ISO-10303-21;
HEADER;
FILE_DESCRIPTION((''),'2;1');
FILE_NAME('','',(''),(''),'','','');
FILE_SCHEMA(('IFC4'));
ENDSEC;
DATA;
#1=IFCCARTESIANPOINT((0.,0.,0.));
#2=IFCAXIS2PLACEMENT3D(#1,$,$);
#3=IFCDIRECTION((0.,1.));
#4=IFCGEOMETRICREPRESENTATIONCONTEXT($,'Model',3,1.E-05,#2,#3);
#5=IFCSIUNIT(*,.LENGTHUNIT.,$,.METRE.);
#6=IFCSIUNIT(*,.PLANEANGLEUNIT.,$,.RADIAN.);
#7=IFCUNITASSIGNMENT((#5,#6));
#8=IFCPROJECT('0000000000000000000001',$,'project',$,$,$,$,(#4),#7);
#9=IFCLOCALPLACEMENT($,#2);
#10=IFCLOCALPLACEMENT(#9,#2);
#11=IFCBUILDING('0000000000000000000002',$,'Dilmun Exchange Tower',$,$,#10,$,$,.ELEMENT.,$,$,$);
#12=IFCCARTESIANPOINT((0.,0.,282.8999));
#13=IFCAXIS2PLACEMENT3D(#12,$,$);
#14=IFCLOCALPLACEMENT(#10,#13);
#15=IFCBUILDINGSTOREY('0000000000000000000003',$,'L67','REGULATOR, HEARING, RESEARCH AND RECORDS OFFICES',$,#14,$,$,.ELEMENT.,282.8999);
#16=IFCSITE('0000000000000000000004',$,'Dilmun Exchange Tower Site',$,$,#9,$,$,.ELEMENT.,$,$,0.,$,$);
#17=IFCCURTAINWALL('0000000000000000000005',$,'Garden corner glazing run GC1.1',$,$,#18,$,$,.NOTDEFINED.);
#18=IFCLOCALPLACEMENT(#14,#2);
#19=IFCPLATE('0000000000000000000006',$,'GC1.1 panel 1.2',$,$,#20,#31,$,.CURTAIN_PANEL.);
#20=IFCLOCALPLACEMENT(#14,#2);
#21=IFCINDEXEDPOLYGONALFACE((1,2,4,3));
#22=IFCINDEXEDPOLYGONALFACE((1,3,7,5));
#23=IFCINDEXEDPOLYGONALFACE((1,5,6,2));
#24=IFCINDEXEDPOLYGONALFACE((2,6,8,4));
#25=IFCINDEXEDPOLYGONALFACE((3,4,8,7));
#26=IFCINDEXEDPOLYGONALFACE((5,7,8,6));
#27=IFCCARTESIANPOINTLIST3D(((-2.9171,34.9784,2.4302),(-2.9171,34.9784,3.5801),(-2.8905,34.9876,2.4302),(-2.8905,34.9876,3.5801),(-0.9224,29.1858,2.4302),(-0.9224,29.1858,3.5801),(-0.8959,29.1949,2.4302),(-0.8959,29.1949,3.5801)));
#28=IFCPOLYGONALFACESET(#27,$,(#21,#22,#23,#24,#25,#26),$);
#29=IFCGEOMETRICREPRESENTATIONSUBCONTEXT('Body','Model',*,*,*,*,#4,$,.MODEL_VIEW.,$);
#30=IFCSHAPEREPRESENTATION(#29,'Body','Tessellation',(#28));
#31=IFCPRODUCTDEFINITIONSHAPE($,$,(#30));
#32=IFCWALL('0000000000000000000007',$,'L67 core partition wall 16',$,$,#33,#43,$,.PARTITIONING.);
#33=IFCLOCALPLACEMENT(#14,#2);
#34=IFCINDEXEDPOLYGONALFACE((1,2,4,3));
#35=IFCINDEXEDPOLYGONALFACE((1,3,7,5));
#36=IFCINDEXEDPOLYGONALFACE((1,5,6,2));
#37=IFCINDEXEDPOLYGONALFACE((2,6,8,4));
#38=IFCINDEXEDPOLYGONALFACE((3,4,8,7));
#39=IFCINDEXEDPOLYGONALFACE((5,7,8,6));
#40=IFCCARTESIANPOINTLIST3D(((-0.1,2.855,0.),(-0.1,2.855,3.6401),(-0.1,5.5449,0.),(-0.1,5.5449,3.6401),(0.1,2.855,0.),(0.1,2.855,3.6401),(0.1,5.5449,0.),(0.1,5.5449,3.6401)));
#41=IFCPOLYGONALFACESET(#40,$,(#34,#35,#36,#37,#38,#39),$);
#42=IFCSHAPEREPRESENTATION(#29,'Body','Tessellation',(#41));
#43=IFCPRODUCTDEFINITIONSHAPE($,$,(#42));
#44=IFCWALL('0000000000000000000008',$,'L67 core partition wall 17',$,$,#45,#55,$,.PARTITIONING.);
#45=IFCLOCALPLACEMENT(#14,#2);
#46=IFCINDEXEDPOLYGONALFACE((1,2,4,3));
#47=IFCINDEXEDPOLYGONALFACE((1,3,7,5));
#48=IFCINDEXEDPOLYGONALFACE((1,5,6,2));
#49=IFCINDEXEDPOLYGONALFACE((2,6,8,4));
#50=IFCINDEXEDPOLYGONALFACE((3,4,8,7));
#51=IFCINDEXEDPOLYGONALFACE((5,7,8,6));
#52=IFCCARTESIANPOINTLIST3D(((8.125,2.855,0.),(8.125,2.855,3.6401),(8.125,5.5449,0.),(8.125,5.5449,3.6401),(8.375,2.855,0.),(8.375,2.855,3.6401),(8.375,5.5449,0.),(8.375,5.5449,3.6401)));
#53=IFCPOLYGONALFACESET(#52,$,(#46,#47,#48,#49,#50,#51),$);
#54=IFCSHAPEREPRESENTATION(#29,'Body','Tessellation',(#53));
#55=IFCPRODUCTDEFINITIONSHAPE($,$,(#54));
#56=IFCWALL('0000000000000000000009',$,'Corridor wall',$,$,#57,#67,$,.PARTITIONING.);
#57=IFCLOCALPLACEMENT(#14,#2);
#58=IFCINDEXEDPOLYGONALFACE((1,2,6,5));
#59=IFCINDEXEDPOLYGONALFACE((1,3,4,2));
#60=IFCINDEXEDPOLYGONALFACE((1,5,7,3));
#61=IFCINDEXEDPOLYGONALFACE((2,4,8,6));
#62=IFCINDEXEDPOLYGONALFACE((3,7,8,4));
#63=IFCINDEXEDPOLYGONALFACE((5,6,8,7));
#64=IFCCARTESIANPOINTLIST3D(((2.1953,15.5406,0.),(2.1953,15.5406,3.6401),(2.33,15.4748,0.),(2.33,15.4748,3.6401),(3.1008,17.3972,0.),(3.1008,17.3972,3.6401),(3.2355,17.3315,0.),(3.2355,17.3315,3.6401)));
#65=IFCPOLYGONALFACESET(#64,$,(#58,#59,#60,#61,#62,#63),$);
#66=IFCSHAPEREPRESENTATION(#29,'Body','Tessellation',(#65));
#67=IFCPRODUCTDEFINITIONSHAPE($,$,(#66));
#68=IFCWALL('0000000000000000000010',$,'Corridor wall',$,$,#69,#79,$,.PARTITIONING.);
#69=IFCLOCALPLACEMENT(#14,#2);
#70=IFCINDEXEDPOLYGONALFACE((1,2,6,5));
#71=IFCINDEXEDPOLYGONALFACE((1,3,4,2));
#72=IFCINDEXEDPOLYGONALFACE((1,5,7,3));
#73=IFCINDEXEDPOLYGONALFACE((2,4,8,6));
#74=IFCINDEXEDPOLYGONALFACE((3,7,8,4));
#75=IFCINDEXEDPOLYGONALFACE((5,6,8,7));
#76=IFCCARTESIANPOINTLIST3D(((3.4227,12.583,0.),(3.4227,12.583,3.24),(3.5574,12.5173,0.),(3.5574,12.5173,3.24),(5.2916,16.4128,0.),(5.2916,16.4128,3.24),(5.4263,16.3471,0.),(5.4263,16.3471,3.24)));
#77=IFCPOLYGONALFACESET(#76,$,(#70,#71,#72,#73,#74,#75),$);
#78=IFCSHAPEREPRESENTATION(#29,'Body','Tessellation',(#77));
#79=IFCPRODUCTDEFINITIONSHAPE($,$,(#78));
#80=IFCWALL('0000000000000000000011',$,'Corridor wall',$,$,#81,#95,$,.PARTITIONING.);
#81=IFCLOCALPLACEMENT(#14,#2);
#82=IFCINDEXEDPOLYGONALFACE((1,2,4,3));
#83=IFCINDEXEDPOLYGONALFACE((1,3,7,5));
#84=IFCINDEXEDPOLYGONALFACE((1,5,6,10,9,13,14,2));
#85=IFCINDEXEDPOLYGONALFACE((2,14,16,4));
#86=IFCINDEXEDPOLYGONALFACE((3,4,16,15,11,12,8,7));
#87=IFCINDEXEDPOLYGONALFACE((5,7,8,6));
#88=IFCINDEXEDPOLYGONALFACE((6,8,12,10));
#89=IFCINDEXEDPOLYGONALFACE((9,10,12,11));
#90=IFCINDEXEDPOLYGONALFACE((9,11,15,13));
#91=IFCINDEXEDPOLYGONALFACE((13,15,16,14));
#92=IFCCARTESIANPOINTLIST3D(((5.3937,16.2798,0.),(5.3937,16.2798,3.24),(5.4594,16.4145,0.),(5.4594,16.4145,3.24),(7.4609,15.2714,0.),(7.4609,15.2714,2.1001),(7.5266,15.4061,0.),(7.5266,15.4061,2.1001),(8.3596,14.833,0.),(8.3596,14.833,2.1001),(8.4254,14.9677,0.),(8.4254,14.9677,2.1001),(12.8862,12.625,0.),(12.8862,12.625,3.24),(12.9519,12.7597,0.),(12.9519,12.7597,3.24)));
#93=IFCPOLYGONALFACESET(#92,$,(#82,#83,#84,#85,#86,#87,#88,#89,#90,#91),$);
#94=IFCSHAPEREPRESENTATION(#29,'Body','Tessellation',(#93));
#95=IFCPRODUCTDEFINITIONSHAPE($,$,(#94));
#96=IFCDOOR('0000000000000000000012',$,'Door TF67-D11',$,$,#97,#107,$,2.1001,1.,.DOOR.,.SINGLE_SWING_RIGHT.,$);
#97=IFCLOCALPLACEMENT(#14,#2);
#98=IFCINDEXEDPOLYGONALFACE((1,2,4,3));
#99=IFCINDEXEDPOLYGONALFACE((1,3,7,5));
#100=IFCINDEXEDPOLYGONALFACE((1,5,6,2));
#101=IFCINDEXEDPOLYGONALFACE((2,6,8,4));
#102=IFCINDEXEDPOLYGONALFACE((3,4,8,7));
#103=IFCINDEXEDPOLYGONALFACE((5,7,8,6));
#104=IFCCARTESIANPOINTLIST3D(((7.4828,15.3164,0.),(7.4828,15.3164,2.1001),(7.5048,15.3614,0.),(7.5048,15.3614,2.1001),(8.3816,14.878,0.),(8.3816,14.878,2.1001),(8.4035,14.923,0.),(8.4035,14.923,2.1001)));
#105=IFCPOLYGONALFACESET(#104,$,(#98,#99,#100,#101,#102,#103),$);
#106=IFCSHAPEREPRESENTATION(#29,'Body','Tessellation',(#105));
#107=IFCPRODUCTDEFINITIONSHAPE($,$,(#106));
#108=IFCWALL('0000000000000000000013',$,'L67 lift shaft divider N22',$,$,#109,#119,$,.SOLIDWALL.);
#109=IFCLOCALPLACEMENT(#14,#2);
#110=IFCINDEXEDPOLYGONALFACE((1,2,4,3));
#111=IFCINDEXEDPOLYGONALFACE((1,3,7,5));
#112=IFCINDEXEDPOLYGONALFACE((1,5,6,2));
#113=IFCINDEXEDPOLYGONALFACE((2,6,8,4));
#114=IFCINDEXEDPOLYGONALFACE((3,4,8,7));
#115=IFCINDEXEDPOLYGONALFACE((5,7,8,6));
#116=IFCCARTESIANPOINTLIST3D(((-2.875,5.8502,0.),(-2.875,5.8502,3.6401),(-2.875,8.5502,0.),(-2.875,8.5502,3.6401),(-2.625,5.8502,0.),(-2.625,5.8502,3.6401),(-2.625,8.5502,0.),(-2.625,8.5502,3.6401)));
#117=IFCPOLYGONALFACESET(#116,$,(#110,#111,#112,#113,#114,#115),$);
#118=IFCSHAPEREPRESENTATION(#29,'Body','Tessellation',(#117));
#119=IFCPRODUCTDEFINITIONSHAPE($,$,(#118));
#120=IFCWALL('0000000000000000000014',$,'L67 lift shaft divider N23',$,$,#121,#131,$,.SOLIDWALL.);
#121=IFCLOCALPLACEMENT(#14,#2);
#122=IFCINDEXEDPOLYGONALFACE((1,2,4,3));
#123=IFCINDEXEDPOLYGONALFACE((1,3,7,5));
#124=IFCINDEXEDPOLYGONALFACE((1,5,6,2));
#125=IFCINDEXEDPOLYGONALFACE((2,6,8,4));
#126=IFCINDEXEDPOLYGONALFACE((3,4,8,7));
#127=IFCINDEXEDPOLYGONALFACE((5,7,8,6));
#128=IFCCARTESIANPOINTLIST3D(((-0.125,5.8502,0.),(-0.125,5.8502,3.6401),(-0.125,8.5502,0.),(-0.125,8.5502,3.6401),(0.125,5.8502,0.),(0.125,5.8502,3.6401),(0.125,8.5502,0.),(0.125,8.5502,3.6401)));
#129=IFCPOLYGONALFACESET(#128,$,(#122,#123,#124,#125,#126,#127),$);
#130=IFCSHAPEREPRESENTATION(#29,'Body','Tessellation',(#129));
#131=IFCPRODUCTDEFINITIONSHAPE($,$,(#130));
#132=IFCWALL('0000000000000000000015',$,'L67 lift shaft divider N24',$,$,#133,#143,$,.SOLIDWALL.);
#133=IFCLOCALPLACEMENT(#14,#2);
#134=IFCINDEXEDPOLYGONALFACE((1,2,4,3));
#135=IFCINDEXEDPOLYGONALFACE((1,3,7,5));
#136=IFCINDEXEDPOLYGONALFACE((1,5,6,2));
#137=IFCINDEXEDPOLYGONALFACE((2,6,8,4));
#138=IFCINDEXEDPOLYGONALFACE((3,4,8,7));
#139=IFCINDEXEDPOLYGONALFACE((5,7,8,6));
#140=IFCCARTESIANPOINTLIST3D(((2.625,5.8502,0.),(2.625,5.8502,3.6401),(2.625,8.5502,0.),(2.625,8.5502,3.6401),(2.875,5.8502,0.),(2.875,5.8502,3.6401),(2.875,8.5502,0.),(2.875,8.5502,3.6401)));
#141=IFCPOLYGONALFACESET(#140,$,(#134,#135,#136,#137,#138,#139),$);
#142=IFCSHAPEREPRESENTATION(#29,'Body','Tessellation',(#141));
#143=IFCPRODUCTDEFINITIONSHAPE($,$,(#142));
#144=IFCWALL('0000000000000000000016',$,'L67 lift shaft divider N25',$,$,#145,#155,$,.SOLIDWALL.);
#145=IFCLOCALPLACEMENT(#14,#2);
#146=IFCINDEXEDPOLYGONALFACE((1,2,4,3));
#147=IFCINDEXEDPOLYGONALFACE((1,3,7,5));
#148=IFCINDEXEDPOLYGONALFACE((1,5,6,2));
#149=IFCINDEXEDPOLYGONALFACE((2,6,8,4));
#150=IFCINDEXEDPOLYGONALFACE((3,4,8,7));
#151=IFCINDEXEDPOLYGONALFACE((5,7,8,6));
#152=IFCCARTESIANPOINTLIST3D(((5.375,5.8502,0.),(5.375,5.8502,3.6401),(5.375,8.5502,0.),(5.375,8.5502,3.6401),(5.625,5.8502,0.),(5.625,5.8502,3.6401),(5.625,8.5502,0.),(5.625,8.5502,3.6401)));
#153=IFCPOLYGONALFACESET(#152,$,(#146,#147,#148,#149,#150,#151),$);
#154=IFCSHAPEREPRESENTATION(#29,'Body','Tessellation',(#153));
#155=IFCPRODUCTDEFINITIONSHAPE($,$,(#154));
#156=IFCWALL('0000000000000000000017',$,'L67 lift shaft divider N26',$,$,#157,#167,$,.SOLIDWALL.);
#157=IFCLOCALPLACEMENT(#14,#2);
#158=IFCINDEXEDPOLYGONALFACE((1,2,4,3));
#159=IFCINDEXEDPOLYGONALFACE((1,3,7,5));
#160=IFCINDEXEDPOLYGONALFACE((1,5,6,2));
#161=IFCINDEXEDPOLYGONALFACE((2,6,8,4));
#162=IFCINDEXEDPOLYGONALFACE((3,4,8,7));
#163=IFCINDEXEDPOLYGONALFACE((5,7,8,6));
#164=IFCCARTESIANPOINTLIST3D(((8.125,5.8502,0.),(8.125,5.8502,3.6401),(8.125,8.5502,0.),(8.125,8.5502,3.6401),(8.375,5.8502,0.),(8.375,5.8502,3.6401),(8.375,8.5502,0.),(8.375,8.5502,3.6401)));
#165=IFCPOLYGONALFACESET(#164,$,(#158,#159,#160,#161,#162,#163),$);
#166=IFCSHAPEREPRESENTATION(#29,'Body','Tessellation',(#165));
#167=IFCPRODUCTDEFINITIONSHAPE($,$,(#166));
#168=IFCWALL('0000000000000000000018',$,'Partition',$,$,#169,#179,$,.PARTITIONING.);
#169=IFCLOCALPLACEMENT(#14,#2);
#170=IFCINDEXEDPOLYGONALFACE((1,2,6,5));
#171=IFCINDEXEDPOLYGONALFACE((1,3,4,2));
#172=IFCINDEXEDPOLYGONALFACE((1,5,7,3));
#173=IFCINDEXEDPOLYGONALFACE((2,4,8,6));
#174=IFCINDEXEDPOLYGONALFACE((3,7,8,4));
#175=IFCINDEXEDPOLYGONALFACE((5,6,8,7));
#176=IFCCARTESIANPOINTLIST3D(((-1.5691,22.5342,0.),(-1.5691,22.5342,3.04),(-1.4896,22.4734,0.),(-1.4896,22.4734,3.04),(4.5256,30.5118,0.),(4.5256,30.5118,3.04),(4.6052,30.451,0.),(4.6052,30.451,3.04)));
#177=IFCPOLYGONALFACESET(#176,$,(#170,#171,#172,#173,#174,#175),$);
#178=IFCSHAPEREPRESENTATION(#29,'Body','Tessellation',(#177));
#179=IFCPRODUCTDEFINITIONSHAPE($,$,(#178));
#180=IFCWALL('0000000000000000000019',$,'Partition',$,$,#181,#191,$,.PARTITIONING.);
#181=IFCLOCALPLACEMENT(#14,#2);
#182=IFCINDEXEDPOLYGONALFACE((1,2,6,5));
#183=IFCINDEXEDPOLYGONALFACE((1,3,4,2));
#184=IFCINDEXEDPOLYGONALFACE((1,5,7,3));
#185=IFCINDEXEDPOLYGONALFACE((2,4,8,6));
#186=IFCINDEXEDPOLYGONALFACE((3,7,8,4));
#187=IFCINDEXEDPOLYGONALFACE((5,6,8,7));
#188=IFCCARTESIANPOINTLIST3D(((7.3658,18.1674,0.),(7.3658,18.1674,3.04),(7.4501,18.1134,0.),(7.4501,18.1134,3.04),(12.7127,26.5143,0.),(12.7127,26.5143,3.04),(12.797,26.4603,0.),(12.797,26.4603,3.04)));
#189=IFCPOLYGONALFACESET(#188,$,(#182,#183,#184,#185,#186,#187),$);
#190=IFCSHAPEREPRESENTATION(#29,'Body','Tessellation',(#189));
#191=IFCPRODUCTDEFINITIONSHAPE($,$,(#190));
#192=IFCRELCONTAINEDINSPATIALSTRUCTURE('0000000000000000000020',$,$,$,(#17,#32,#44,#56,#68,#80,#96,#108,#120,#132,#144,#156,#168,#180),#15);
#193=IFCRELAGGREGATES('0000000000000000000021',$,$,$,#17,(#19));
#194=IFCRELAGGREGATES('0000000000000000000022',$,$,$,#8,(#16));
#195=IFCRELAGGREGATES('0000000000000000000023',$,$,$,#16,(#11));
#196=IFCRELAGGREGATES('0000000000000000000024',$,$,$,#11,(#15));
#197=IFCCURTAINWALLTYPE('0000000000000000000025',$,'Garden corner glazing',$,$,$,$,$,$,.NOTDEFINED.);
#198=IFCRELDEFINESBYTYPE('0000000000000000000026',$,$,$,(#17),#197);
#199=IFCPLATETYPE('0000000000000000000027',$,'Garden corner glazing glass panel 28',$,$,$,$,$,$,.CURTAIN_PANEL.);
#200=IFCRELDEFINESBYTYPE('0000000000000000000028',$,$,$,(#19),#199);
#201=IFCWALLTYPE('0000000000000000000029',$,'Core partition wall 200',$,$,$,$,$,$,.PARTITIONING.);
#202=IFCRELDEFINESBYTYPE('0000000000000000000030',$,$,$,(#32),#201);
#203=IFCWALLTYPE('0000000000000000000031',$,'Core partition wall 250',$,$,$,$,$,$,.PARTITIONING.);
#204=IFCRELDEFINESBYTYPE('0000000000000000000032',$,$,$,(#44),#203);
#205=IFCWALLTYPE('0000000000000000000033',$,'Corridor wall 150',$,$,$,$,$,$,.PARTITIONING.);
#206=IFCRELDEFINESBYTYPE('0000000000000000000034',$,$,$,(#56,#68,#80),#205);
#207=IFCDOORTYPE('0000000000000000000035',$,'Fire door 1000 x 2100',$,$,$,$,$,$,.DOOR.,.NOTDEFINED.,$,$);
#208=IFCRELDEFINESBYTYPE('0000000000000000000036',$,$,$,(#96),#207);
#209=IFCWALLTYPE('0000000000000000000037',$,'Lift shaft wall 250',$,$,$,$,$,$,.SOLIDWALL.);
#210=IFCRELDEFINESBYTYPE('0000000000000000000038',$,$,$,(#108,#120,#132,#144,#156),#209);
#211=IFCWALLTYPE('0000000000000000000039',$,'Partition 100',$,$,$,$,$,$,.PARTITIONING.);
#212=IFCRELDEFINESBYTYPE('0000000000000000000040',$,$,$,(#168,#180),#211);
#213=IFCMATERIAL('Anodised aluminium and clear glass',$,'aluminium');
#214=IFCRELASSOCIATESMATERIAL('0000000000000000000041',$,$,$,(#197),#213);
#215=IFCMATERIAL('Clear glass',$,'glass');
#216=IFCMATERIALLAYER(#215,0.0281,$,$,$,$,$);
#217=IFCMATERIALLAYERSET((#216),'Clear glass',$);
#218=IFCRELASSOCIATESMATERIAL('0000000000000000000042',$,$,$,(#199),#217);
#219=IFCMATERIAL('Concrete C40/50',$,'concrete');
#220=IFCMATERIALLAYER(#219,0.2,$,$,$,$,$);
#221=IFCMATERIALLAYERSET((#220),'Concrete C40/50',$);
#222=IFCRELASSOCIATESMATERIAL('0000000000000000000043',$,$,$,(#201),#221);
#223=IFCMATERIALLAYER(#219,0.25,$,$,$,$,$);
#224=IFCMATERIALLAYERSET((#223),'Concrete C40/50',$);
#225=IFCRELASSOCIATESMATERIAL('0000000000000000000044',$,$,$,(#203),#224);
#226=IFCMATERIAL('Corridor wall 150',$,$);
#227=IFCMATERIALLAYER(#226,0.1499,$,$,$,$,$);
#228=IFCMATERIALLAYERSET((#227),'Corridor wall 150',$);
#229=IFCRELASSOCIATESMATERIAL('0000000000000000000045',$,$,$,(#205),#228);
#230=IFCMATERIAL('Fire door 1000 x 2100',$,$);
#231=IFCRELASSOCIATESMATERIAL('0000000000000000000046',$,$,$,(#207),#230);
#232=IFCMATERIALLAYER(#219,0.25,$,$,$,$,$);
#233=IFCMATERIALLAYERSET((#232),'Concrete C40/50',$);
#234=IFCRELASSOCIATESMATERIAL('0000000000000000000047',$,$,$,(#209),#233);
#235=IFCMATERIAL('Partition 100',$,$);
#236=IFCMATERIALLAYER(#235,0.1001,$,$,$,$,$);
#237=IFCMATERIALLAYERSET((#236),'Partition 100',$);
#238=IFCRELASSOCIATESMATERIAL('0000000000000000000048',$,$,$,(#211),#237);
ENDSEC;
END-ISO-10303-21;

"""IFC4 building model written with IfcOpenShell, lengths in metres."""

from ifc_helpers import new_model, si_unit, direction, frame, frame_2d, origin, origin_2d, place, context, subcontext, project, spatial, rectangle, extrude, material, layer, layer_set, type_object, element, fill, aggregate, save


model = new_model("IFC4")

# Units and contexts
model_context = context("Model", 3, precision=1e-05, world=origin(), true_north=direction((0.0, 1.0)))
body_context = subcontext(model_context, "Body", "Model", "MODEL_VIEW")
ifc_project = project(units=[si_unit("LENGTHUNIT", "METRE"), si_unit("PLANEANGLEUNIT", "RADIAN")], contexts=[model_context])

# Site, building, storey
site_placement = place(None, origin())
site = spatial("IfcSite", under=ifc_project, at=site_placement, Name="Dilmun Exchange Tower Site", CompositionType="ELEMENT", RefElevation=0.0)
building_placement = place(site_placement, origin())
building = spatial("IfcBuilding", under=site, at=building_placement, Name="Dilmun Exchange Tower", CompositionType="ELEMENT")
storey_placement = place(building_placement, frame((0.0, 0.0, 282.8999)))
storey = spatial("IfcBuildingStorey", under=building, at=storey_placement, Name="L67", Description="REGULATOR, HEARING, RESEARCH AND RECORDS OFFICES", CompositionType="ELEMENT", Elevation=282.8999)

# Curtain wall
ifc_material_1 = material(Name="Anodised aluminium and clear glass", Category="aluminium")
curtain_wall_type = type_object("IfcCurtainWallType", Name="Garden corner glazing", PredefinedType="NOTDEFINED", material=ifc_material_1)
curtain_wall_1_placement = place(storey_placement, origin())
curtain_wall_1 = element("IfcCurtainWall", 1, at=curtain_wall_1_placement, inside=storey, type_object=curtain_wall_type, Name="Garden corner glazing run GC1.1", PredefinedType="NOTDEFINED")

# Shared definitions
ifc_material_2 = material(Name="Concrete C40/50", Category="concrete")

# Plate
ifc_material_3 = material(Name="Clear glass", Category="glass")
ifc_layer_1 = layer(ifc_material_3, 0.0281)
ifc_layer_set_1 = layer_set([ifc_layer_1], Name="Clear glass")
plate_type = type_object("IfcPlateType", Name="Garden corner glazing glass panel 28", PredefinedType="CURTAIN_PANEL", material=ifc_layer_set_1)
plate_1_placement = place(storey_placement, frame((-1.9065, 32.0867, 2.4302), z_axis=(0.0, 0.0, 1.0), x_axis=(0.325578, -0.945515, 0.0)))
plate_1 = element("IfcPlate", 2, at=plate_1_placement, type_object=plate_type, Name="GC1.1 panel 1.2", PredefinedType="CURTAIN_PANEL", context=body_context, shape_type="SweptSolid", body=[
    extrude(rectangle(XDim=6.1265, YDim=0.0281, at=origin_2d()), origin(), (0.0, 0.0, 1.0), 1.1499),
])
aggregate(curtain_wall_1, [plate_1])

# Walls
ifc_layer_2 = layer(ifc_material_2, 0.2)
ifc_layer_set_2 = layer_set([ifc_layer_2], Name="Concrete C40/50")
wall_type_1 = type_object("IfcWallType", Name="Core partition wall 200", PredefinedType="PARTITIONING", material=ifc_layer_set_2)
wall_1_placement = place(storey_placement, frame((0.0, 2.855, 0.0), z_axis=(0.0, 0.0, 1.0), x_axis=(0.0, 1.0, 0.0)))
element("IfcWall", 3, at=wall_1_placement, inside=storey, type_object=wall_type_1, Name="L67 core partition wall 16", PredefinedType="PARTITIONING", context=body_context, shape_type="SweptSolid", body=[
    extrude(rectangle(XDim=2.6899, YDim=0.2, at=frame_2d((1.345, 0.0))), origin(), (0.0, 0.0, 1.0), 3.6401),
])
ifc_layer_3 = layer(ifc_material_2, 0.25)
ifc_layer_set_3 = layer_set([ifc_layer_3], Name="Concrete C40/50")
wall_type_2 = type_object("IfcWallType", Name="Core partition wall 250", PredefinedType="PARTITIONING", material=ifc_layer_set_3)
wall_2_placement = place(storey_placement, frame((8.25, 2.855, 0.0), z_axis=(0.0, 0.0, 1.0), x_axis=(0.0, 1.0, 0.0)))
element("IfcWall", 4, at=wall_2_placement, inside=storey, type_object=wall_type_2, Name="L67 core partition wall 17", PredefinedType="PARTITIONING", context=body_context, shape_type="SweptSolid", body=[
    extrude(rectangle(XDim=2.6899, YDim=0.25, at=frame_2d((1.345, 0.0))), origin(), (0.0, 0.0, 1.0), 3.6401),
])
ifc_material_4 = material(Name="Corridor wall 150")
ifc_layer_4 = layer(ifc_material_4, 0.1499)
ifc_layer_set_4 = layer_set([ifc_layer_4], Name="Corridor wall 150")
wall_type_3 = type_object("IfcWallType", Name="Corridor wall 150", PredefinedType="PARTITIONING", material=ifc_layer_set_4)
wall_3_placement = place(storey_placement, frame((2.2627, 15.5078, 0.0), z_axis=(0.0, 0.0, 1.0), x_axis=(0.438351, 0.898804, 0.0)))
element("IfcWall", 5, at=wall_3_placement, inside=storey, type_object=wall_type_3, Name="Corridor wall", PredefinedType="PARTITIONING", context=body_context, shape_type="SweptSolid", body=[
    extrude(rectangle(XDim=2.0657, YDim=0.1499, at=frame_2d((1.0327, 0.0))), origin(), (0.0, 0.0, 1.0), 3.6401),
])
wall_4_placement = place(storey_placement, frame((3.49, 12.55, 0.0), z_axis=(0.0, 0.0, 1.0), x_axis=(0.438553, 0.898705, 0.0)))
element("IfcWall", 6, at=wall_4_placement, inside=storey, type_object=wall_type_3, Name="Corridor wall", PredefinedType="PARTITIONING", context=body_context, shape_type="SweptSolid", body=[
    extrude(rectangle(XDim=4.2615, YDim=0.1499, at=frame_2d((2.1309, 0.0))), origin(), (0.0, 0.0, 1.0), 3.24),
])

# Wall, opening, door
wall_5_placement = place(storey_placement, frame((5.4265, 16.3472, 0.0), z_axis=(0.0, 0.0, 1.0), x_axis=(0.898771, -0.438418, 0.0)))
wall_5 = element("IfcWall", 7, at=wall_5_placement, inside=storey, type_object=wall_type_3, Name="Corridor wall", PredefinedType="PARTITIONING", context=body_context, shape_type="SweptSolid", body=[
    extrude(rectangle(XDim=8.3364, YDim=0.1499, at=frame_2d((4.1682, 0.0))), origin(), (0.0, 0.0, 1.0), 3.24),
])
opening_1_placement = place(wall_5_placement, frame((2.3, 0.0, 0.0)))
opening_1 = element("IfcOpeningElement", 8, at=opening_1_placement, cuts=wall_5, PredefinedType="OPENING", context=body_context, shape_type="SweptSolid", body=[
    extrude(rectangle(XDim=1.0, YDim=2.1001, at=frame_2d((0.5, 1.05))), frame((0.0, 0.085, 0.0), z_axis=(0.0, -1.0, 0.0), x_axis=(1.0, 0.0, 0.0)), (0.0, 0.0, 1.0), 0.1699),
])
ifc_material_5 = material(Name="Fire door 1000 x 2100")
door_type_1 = type_object("IfcDoorType", Name="Fire door 1000 x 2100", OperationType="NOTDEFINED", PredefinedType="DOOR", material=ifc_material_5)
door_1_placement = place(opening_1_placement, frame((1.0, 0.0, 0.0), z_axis=(0.0, 0.0, 1.0), x_axis=(-1.0, 0.0, 0.0)))
door_1 = element("IfcDoor", 9, at=door_1_placement, inside=storey, type_object=door_type_1, Name="Door TF67-D11", OperationType="SINGLE_SWING_RIGHT", OverallHeight=2.1001, OverallWidth=1.0, PredefinedType="DOOR", context=body_context, shape_type="SweptSolid", body=[
    extrude(rectangle(XDim=1.0, YDim=2.1001, at=frame_2d((0.5, 1.05))), frame((0.0, 0.0249, 0.0), z_axis=(0.0, -1.0, 0.0), x_axis=(1.0, 0.0, 0.0)), (0.0, 0.0, 1.0), 0.05),
])
fill(opening_1, door_1)

# Walls
ifc_layer_5 = layer(ifc_material_2, 0.25)
ifc_layer_set_5 = layer_set([ifc_layer_5], Name="Concrete C40/50")
wall_type_4 = type_object("IfcWallType", Name="Lift shaft wall 250", PredefinedType="SOLIDWALL", material=ifc_layer_set_5)
for number, where, z_axis, x_axis, name in (
    (10, (-2.75, 5.8501, 0.0), (0.0, 0.0, 1.0), (0.0, 1.0, 0.0), "L67 lift shaft divider N22"),
    (11, (0.0, 5.8501, 0.0), (0.0, 0.0, 1.0), (0.0, 1.0, 0.0), "L67 lift shaft divider N23"),
    (12, (2.75, 5.8501, 0.0), (0.0, 0.0, 1.0), (0.0, 1.0, 0.0), "L67 lift shaft divider N24"),
    (13, (5.5, 5.8501, 0.0), (0.0, 0.0, 1.0), (0.0, 1.0, 0.0), "L67 lift shaft divider N25"),
    (14, (8.25, 5.8501, 0.0), (0.0, 0.0, 1.0), (0.0, 1.0, 0.0), "L67 lift shaft divider N26"),
):
    element("IfcWall", number, at=place(storey_placement, frame(where, z_axis=z_axis, x_axis=x_axis)), inside=storey, type_object=wall_type_4, Name=name, PredefinedType="SOLIDWALL", context=body_context, shape_type="SweptSolid", body=[
        extrude(rectangle(XDim=2.7, YDim=0.25, at=frame_2d((1.3501, 0.0))), origin(), (0.0, 0.0, 1.0), 3.6401),
    ])
ifc_material_6 = material(Name="Partition 100")
ifc_layer_6 = layer(ifc_material_6, 0.1001)
ifc_layer_set_6 = layer_set([ifc_layer_6], Name="Partition 100")
wall_type_5 = type_object("IfcWallType", Name="Partition 100", PredefinedType="PARTITIONING", material=ifc_layer_set_6)
wall_6_placement = place(storey_placement, frame((-1.5293, 22.5039, 0.0), z_axis=(0.0, 0.0, 1.0), x_axis=(0.607089, 0.794634, 0.0)))
element("IfcWall", 15, at=wall_6_placement, inside=storey, type_object=wall_type_5, Name="Partition", PredefinedType="PARTITIONING", context=body_context, shape_type="SweptSolid", body=[
    extrude(rectangle(XDim=10.0393, YDim=0.1001, at=frame_2d((5.0195, 0.0))), origin(), (0.0, 0.0, 1.0), 3.04),
])
wall_7_placement = place(storey_placement, frame((7.408, 18.1404, 0.0), z_axis=(0.0, 0.0, 1.0), x_axis=(0.539404, 0.842047, 0.0)))
element("IfcWall", 16, at=wall_7_placement, inside=storey, type_object=wall_type_5, Name="Partition", PredefinedType="PARTITIONING", context=body_context, shape_type="SweptSolid", body=[
    extrude(rectangle(XDim=9.9126, YDim=0.1001, at=frame_2d((4.9563, 0.0))), origin(), (0.0, 0.0, 1.0), 3.04),
])

save(model, "model.ifc")
